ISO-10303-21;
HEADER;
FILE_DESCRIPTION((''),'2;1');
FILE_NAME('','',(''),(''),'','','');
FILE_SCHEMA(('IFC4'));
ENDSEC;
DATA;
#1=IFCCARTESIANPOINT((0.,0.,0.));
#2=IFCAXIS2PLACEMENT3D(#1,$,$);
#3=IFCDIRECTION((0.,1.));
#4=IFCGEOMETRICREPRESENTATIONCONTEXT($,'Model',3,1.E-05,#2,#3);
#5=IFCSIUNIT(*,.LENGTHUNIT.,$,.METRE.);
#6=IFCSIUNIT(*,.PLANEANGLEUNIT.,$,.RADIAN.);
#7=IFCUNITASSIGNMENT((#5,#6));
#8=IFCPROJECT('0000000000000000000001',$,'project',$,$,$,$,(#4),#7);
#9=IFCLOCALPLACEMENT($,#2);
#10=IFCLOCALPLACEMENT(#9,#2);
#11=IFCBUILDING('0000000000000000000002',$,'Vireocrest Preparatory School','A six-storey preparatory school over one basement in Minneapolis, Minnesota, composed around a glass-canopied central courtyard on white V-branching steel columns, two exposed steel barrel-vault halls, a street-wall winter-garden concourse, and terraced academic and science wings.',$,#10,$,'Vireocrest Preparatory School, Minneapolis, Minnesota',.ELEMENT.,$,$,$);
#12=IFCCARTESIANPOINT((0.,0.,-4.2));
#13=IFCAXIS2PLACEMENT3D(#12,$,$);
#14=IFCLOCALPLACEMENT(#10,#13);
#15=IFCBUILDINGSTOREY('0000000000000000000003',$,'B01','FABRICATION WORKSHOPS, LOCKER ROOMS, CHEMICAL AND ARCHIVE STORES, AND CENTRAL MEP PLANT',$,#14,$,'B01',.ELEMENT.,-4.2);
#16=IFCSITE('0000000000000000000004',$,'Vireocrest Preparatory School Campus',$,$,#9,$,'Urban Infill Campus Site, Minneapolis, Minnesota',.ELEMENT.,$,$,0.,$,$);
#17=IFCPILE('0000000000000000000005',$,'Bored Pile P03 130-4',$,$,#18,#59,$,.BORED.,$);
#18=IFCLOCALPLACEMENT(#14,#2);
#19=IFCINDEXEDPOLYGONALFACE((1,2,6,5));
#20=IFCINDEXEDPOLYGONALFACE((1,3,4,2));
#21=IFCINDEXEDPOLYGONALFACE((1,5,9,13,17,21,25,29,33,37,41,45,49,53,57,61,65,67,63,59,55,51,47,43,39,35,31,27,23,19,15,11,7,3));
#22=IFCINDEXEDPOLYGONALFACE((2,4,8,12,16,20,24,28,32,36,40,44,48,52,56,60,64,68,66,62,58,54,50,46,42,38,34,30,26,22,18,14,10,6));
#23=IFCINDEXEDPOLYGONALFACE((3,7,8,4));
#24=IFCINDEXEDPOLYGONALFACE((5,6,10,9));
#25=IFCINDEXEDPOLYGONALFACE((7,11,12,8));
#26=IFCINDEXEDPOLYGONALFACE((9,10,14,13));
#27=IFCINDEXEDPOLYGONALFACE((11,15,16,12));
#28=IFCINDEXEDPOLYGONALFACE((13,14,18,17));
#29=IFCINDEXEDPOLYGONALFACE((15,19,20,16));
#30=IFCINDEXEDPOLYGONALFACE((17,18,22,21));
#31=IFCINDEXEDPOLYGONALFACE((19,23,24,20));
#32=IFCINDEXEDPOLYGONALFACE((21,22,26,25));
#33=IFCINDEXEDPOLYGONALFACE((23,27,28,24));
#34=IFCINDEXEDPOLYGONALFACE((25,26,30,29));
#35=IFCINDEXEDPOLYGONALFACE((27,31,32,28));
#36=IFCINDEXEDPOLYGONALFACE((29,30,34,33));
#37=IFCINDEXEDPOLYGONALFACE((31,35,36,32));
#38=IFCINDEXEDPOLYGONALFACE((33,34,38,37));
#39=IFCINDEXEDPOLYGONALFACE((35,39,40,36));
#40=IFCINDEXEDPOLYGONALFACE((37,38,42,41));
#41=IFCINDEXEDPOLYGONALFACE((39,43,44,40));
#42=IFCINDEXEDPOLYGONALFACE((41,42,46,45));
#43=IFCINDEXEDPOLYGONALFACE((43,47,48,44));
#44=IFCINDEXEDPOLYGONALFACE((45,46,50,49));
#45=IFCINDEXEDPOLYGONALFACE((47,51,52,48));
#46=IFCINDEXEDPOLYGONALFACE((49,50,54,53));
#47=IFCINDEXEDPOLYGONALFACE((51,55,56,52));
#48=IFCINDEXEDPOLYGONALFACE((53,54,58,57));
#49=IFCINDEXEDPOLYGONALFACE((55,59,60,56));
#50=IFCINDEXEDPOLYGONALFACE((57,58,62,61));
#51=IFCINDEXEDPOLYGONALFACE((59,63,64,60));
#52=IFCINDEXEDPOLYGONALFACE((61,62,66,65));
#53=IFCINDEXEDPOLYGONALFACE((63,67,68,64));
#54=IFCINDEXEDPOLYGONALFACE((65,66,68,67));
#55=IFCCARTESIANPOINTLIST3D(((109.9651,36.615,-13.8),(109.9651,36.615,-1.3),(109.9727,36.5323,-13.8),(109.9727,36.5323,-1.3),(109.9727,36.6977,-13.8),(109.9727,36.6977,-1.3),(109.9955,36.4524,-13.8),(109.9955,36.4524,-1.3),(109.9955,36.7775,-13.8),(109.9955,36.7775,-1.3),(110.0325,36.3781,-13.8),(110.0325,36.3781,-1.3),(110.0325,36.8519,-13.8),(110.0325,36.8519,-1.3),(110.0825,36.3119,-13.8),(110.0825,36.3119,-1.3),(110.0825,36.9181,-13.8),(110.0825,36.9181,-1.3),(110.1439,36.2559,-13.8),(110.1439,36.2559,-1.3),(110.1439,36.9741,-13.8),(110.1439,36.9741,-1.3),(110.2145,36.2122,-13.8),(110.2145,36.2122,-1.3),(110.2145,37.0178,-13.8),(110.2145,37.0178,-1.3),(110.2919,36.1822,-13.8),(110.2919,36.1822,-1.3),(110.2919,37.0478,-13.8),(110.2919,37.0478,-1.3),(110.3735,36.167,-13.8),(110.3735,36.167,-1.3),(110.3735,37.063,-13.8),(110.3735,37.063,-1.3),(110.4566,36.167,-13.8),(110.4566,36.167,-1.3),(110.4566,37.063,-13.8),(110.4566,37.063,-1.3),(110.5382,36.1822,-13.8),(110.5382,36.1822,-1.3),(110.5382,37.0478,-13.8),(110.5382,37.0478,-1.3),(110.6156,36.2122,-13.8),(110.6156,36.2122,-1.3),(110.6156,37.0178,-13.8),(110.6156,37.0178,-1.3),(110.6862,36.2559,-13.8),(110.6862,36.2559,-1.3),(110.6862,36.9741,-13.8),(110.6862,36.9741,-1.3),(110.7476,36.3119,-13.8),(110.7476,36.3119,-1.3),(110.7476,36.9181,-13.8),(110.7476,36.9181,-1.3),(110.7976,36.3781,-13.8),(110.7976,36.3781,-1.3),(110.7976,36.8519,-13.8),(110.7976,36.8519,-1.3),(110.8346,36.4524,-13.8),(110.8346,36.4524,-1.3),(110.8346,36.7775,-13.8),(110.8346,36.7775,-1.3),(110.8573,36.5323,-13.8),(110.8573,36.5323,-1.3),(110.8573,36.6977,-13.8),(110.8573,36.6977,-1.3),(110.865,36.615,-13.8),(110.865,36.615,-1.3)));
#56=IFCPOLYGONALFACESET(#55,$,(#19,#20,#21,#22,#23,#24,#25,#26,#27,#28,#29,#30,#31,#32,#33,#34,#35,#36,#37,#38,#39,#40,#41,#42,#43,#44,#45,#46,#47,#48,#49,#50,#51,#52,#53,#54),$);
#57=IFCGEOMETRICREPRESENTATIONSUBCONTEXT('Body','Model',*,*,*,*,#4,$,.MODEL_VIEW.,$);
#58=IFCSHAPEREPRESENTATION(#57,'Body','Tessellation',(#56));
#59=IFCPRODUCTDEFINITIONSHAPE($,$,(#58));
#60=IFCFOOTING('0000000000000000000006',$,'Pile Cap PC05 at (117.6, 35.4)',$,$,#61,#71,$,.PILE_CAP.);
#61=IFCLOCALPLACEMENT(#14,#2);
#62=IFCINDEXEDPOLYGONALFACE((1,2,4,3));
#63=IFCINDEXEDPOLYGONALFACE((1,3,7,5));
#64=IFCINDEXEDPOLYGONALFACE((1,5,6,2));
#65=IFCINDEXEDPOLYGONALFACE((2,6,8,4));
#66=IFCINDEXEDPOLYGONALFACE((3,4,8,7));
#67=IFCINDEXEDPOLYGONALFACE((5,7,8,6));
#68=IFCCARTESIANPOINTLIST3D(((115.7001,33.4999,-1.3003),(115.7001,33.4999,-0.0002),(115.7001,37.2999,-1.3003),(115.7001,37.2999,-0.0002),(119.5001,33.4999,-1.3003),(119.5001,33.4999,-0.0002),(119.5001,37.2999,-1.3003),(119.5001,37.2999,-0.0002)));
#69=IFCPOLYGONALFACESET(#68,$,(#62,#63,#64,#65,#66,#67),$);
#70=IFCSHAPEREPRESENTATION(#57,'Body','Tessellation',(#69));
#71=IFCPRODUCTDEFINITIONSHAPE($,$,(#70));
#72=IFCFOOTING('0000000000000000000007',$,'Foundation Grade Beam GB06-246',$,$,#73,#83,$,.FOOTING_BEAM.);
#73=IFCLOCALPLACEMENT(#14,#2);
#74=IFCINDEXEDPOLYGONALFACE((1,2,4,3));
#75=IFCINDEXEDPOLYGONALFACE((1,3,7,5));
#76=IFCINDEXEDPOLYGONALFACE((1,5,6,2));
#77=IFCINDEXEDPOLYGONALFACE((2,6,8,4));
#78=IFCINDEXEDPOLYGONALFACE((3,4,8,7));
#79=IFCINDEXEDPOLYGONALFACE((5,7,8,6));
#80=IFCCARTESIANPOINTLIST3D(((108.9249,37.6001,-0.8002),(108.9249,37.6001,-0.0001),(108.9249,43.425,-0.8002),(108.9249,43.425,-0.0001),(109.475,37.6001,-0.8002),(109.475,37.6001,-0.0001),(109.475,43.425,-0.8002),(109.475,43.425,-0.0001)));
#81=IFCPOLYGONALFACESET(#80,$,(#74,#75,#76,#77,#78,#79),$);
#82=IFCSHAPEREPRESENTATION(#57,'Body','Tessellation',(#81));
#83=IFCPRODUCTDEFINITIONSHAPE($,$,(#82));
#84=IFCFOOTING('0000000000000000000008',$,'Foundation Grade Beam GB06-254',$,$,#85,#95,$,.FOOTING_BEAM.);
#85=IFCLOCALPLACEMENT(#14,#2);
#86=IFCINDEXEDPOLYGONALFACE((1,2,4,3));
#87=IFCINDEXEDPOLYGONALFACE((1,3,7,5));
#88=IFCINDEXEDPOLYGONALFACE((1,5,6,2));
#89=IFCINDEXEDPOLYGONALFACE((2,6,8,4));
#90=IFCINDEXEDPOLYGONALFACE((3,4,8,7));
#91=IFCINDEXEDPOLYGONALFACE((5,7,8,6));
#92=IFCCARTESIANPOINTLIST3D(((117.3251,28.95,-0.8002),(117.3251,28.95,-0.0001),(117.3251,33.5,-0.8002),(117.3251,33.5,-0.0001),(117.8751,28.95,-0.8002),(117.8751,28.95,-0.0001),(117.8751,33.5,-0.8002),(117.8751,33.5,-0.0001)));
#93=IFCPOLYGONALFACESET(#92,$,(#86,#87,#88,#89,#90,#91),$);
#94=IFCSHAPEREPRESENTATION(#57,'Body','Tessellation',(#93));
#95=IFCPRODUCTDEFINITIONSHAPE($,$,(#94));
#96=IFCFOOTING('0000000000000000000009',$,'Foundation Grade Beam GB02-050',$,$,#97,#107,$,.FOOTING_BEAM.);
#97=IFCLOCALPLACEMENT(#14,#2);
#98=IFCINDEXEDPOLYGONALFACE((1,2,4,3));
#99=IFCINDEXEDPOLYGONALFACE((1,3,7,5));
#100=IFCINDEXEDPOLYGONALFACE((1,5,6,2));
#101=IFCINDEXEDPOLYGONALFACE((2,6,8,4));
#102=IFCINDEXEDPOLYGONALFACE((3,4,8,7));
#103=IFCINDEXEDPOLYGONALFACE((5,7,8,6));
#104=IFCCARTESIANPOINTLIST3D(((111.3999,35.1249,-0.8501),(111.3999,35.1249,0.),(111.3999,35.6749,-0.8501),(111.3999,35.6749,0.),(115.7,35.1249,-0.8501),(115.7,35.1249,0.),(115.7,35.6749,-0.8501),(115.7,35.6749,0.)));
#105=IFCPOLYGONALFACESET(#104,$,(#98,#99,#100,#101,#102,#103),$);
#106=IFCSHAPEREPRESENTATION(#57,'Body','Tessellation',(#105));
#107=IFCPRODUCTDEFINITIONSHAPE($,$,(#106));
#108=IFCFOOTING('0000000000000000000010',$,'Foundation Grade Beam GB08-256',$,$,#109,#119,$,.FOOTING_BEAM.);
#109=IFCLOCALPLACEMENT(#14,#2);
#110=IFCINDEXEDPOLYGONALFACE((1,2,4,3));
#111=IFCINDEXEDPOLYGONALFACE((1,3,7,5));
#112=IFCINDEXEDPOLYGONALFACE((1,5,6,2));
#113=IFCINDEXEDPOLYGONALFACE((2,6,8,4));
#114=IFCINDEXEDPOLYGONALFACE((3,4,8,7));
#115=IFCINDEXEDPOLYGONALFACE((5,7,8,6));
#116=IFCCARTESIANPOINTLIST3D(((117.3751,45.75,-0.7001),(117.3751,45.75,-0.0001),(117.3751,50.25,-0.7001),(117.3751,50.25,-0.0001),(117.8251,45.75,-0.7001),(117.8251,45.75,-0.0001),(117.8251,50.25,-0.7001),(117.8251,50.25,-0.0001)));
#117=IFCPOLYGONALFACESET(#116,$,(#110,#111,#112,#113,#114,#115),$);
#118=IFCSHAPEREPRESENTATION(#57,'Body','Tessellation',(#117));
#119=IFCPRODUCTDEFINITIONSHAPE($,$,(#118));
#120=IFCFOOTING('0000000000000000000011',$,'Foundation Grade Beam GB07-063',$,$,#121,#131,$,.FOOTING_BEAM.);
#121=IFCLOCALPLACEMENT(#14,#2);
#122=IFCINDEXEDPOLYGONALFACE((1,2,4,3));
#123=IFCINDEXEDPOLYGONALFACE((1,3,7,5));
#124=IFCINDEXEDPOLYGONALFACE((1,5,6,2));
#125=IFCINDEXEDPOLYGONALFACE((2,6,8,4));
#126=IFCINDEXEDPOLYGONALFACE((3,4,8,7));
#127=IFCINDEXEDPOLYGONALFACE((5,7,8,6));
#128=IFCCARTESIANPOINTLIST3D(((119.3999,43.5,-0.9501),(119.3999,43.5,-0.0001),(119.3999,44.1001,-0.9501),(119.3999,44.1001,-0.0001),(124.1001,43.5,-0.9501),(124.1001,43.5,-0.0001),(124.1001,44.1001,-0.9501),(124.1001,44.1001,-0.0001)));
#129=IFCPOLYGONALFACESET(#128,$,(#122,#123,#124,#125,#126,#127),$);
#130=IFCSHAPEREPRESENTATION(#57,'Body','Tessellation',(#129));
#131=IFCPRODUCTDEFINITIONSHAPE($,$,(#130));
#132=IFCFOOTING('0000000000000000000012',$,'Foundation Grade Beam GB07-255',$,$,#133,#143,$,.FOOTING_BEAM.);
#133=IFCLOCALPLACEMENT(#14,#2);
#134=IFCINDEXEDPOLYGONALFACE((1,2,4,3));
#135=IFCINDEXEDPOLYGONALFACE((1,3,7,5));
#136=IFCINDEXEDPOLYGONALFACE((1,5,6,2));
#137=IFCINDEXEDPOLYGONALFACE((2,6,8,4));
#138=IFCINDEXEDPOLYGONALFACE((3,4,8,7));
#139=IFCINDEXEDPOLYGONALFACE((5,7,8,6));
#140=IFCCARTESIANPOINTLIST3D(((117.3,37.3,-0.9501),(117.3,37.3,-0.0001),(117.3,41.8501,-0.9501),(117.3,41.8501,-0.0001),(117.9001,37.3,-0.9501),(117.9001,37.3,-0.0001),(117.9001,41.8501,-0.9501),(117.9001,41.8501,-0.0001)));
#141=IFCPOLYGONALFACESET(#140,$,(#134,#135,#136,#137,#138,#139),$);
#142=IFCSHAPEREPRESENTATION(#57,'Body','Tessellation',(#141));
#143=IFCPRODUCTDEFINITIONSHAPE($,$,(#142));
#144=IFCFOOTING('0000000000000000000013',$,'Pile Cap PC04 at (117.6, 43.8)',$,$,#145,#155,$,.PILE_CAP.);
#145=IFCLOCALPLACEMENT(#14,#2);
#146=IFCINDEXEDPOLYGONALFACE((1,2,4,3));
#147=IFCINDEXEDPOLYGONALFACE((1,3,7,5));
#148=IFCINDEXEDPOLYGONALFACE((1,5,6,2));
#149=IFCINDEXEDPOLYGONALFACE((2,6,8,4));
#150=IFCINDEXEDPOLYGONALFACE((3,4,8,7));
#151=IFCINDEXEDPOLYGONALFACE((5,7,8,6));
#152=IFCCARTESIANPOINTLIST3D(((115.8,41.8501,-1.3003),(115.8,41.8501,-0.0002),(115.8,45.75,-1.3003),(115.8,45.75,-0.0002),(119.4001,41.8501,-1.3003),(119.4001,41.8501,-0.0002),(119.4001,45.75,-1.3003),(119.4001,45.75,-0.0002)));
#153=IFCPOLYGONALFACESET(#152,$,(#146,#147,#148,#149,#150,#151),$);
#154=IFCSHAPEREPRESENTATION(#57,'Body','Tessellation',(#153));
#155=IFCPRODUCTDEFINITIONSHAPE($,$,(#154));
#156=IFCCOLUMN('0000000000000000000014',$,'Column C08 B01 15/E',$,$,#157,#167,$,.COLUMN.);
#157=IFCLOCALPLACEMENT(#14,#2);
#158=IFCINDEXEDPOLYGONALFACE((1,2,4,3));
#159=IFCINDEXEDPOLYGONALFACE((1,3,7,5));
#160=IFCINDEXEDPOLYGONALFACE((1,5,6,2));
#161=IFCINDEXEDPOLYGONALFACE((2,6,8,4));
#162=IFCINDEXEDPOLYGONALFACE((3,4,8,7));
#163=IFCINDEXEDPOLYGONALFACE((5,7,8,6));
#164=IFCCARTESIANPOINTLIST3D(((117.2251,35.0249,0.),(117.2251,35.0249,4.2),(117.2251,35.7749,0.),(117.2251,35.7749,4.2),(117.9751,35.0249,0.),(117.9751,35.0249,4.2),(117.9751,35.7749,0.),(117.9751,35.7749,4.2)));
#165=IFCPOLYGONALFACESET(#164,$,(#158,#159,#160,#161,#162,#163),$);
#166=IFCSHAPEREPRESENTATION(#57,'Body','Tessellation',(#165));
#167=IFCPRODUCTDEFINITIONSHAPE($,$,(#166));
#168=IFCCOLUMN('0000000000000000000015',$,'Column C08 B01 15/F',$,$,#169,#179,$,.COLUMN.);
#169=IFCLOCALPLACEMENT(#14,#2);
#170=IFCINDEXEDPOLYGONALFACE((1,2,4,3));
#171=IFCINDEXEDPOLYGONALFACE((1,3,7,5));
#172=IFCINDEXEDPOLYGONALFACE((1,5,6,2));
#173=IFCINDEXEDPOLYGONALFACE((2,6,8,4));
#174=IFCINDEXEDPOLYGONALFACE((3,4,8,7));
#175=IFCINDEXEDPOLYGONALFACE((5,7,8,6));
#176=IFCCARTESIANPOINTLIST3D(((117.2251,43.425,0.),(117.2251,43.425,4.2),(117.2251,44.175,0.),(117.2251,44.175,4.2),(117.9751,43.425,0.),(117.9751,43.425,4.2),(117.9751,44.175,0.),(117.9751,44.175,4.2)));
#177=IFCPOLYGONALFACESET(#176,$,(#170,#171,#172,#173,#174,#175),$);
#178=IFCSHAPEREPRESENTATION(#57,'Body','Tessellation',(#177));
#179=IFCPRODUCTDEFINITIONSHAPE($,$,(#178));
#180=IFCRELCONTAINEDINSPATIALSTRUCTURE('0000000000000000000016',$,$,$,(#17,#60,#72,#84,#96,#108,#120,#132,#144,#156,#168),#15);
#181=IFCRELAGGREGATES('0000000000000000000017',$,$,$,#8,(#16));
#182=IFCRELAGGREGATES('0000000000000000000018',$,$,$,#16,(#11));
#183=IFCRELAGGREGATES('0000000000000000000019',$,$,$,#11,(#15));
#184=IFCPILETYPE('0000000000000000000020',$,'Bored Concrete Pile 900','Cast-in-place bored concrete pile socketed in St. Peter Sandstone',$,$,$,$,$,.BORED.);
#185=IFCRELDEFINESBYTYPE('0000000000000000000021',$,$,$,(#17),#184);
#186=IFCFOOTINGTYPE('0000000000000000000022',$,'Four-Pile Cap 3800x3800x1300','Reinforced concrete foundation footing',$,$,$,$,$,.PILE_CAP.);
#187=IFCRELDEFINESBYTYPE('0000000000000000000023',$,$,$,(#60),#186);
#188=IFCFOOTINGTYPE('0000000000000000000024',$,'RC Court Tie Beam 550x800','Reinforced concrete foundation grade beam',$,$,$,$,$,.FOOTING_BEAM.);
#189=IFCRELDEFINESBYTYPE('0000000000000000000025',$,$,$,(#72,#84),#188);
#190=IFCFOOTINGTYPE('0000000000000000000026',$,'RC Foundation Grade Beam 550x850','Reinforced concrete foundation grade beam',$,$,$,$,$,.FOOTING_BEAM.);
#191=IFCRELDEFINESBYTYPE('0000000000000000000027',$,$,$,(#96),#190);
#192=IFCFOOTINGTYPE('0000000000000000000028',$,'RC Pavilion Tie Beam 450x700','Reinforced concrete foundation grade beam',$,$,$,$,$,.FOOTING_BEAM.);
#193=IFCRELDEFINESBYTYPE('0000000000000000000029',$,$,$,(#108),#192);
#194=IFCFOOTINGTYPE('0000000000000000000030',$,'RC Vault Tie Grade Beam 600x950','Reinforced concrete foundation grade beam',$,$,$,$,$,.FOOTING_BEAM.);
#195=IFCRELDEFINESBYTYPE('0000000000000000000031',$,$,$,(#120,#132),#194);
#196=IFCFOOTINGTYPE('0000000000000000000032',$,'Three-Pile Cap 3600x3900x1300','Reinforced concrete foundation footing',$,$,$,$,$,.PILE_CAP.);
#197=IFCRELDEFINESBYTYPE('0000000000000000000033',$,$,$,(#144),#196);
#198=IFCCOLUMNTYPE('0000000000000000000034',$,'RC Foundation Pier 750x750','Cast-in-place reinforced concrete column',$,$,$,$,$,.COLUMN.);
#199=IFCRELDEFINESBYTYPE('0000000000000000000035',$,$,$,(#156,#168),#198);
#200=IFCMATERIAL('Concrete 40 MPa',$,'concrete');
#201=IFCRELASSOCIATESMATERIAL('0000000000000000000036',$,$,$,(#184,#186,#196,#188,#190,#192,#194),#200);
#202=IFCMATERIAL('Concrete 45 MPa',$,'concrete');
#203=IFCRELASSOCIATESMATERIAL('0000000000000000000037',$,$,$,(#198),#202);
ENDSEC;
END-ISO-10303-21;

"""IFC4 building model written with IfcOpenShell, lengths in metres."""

from ifc_helpers import new_model, si_unit, direction, frame, origin, origin_2d, place, context, subcontext, project, spatial, rectangle, circle, extrude, material, material_profile, profile_set, type_object, element, save


model = new_model("IFC4")

# Units and contexts
model_context = context("Model", 3, precision=1e-05, world=origin(), true_north=direction((0.0, 1.0)))
body_context = subcontext(model_context, "Body", "Model", "MODEL_VIEW")
ifc_project = project(units=[si_unit("LENGTHUNIT", "METRE"), si_unit("PLANEANGLEUNIT", "RADIAN")], contexts=[model_context])

# Site, building, storey
site_placement = place(None, origin())
site = spatial("IfcSite", under=ifc_project, at=site_placement, Name="Vireocrest Preparatory School Campus", LongName="Urban Infill Campus Site, Minneapolis, Minnesota", CompositionType="ELEMENT", RefElevation=0.0)
building_placement = place(site_placement, origin())
building = spatial("IfcBuilding", under=site, at=building_placement, Name="Vireocrest Preparatory School", Description="A six-storey preparatory school over one basement in Minneapolis, Minnesota, composed around a glass-canopied central courtyard on white V-branching steel columns, two exposed steel barrel-vault halls, a street-wall winter-garden concourse, and terraced academic and science wings.", LongName="Vireocrest Preparatory School, Minneapolis, Minnesota", CompositionType="ELEMENT")
storey_placement = place(building_placement, frame((0.0, 0.0, -4.2)))
storey = spatial("IfcBuildingStorey", under=building, at=storey_placement, Name="B01", Description="FABRICATION WORKSHOPS, LOCKER ROOMS, CHEMICAL AND ARCHIVE STORES, AND CENTRAL MEP PLANT", LongName="B01", CompositionType="ELEMENT", Elevation=-4.2)

# Pile
ifc_material_1 = material(Name="Concrete 40 MPa", Category="concrete")
ifc_material_profile_1 = material_profile(ifc_material_1, circle(Radius=0.45, at=origin_2d()), Name="BORED PILE 900")
ifc_profile_set_1 = profile_set([ifc_material_profile_1], Name="Concrete 40 MPa")
pile_type_1 = type_object("IfcPileType", Name="Bored Concrete Pile 900", Description="Cast-in-place bored concrete pile socketed in St. Peter Sandstone", PredefinedType="BORED", material=ifc_profile_set_1)
for number, where, z_axis, x_axis, name in (
    (1, (110.415, 36.615, -1.3), (0.0, 0.0, -1.0), (1.0, 0.0, 0.0), "Bored Pile P03 130-4"),
):
    element("IfcPile", number, at=place(storey_placement, frame(where, z_axis=z_axis, x_axis=x_axis)), inside=storey, type_object=pile_type_1, Name=name, PredefinedType="BORED", context=body_context, shape_type="SweptSolid", body=[
        extrude(circle(Radius=0.45, at=origin_2d()), origin(), (0.0, 0.0, 1.0), 12.5),
    ])

# Footings
footing_type_1 = type_object("IfcFootingType", Name="Four-Pile Cap 3800x3800x1300", Description="Reinforced concrete foundation footing", PredefinedType="PILE_CAP", material=ifc_material_1)
footing_1_placement = place(storey_placement, frame((117.6001, 35.3999, -1.3003), z_axis=(0.0, 0.0, 1.0), x_axis=(1.0, 0.0, 0.0)))
element("IfcFooting", 2, at=footing_1_placement, inside=storey, type_object=footing_type_1, Name="Pile Cap PC05 at (117.6, 35.4)", PredefinedType="PILE_CAP", context=body_context, shape_type="SweptSolid", body=[
    extrude(rectangle(XDim=3.8, YDim=3.8, at=origin_2d()), origin(), (0.0, 0.0, 1.0), 1.3),
])
ifc_material_profile_2 = material_profile(ifc_material_1, rectangle(XDim=0.55, YDim=0.8, at=origin_2d()), Name="GB 550x800")
ifc_profile_set_2 = profile_set([ifc_material_profile_2], Name="Concrete 40 MPa")
footing_type_2 = type_object("IfcFootingType", Name="RC Court Tie Beam 550x800", Description="Reinforced concrete foundation grade beam", PredefinedType="FOOTING_BEAM", material=ifc_profile_set_2)
footing_2_placement = place(storey_placement, frame((109.2, 37.6001, -0.4001), z_axis=(0.0, 1.0, 0.0), x_axis=(-1.0, 0.0, 0.0)))
element("IfcFooting", 3, at=footing_2_placement, inside=storey, type_object=footing_type_2, Name="Foundation Grade Beam GB06-246", PredefinedType="FOOTING_BEAM", context=body_context, shape_type="SweptSolid", body=[
    extrude(rectangle(XDim=0.55, YDim=0.8, at=origin_2d()), origin(), (0.0, 0.0, 1.0), 5.825),
])
footing_3_placement = place(storey_placement, frame((117.6001, 28.95, -0.4001), z_axis=(0.0, 1.0, 0.0), x_axis=(-1.0, 0.0, 0.0)))
element("IfcFooting", 4, at=footing_3_placement, inside=storey, type_object=footing_type_2, Name="Foundation Grade Beam GB06-254", PredefinedType="FOOTING_BEAM", context=body_context, shape_type="SweptSolid", body=[
    extrude(rectangle(XDim=0.55, YDim=0.8, at=origin_2d()), origin(), (0.0, 0.0, 1.0), 4.55),
])
ifc_material_profile_3 = material_profile(ifc_material_1, rectangle(XDim=0.55, YDim=0.8501, at=origin_2d()), Name="GB 550x850")
ifc_profile_set_3 = profile_set([ifc_material_profile_3], Name="Concrete 40 MPa")
footing_type_3 = type_object("IfcFootingType", Name="RC Foundation Grade Beam 550x850", Description="Reinforced concrete foundation grade beam", PredefinedType="FOOTING_BEAM", material=ifc_profile_set_3)
footing_4_placement = place(storey_placement, frame((111.3999, 35.3999, -0.425), z_axis=(1.0, 0.0, 0.0), x_axis=(0.0, 1.0, 0.0)))
element("IfcFooting", 5, at=footing_4_placement, inside=storey, type_object=footing_type_3, Name="Foundation Grade Beam GB02-050", PredefinedType="FOOTING_BEAM", context=body_context, shape_type="SweptSolid", body=[
    extrude(rectangle(XDim=0.55, YDim=0.8501, at=origin_2d()), origin(), (0.0, 0.0, 1.0), 4.3),
])
ifc_material_profile_4 = material_profile(ifc_material_1, rectangle(XDim=0.45, YDim=0.7, at=origin_2d()), Name="GB 450x700")
ifc_profile_set_4 = profile_set([ifc_material_profile_4], Name="Concrete 40 MPa")
footing_type_4 = type_object("IfcFootingType", Name="RC Pavilion Tie Beam 450x700", Description="Reinforced concrete foundation grade beam", PredefinedType="FOOTING_BEAM", material=ifc_profile_set_4)
footing_5_placement = place(storey_placement, frame((117.6001, 45.75, -0.3501), z_axis=(0.0, 1.0, 0.0), x_axis=(-1.0, 0.0, 0.0)))
element("IfcFooting", 6, at=footing_5_placement, inside=storey, type_object=footing_type_4, Name="Foundation Grade Beam GB08-256", PredefinedType="FOOTING_BEAM", context=body_context, shape_type="SweptSolid", body=[
    extrude(rectangle(XDim=0.45, YDim=0.7, at=origin_2d()), origin(), (0.0, 0.0, 1.0), 4.5),
])
ifc_material_profile_5 = material_profile(ifc_material_1, rectangle(XDim=0.6001, YDim=0.95, at=origin_2d()), Name="GB 600x950")
ifc_profile_set_5 = profile_set([ifc_material_profile_5], Name="Concrete 40 MPa")
footing_type_5 = type_object("IfcFootingType", Name="RC Vault Tie Grade Beam 600x950", Description="Reinforced concrete foundation grade beam", PredefinedType="FOOTING_BEAM", material=ifc_profile_set_5)
footing_6_placement = place(storey_placement, frame((119.3999, 43.8, -0.4751), z_axis=(1.0, 0.0, 0.0), x_axis=(0.0, 1.0, 0.0)))
element("IfcFooting", 7, at=footing_6_placement, inside=storey, type_object=footing_type_5, Name="Foundation Grade Beam GB07-063", PredefinedType="FOOTING_BEAM", context=body_context, shape_type="SweptSolid", body=[
    extrude(rectangle(XDim=0.6001, YDim=0.95, at=origin_2d()), origin(), (0.0, 0.0, 1.0), 4.7002),
])
footing_7_placement = place(storey_placement, frame((117.6001, 37.3, -0.4751), z_axis=(0.0, 1.0, 0.0), x_axis=(-1.0, 0.0, 0.0)))
element("IfcFooting", 8, at=footing_7_placement, inside=storey, type_object=footing_type_5, Name="Foundation Grade Beam GB07-255", PredefinedType="FOOTING_BEAM", context=body_context, shape_type="SweptSolid", body=[
    extrude(rectangle(XDim=0.6001, YDim=0.95, at=origin_2d()), origin(), (0.0, 0.0, 1.0), 4.55),
])
footing_type_6 = type_object("IfcFootingType", Name="Three-Pile Cap 3600x3900x1300", Description="Reinforced concrete foundation footing", PredefinedType="PILE_CAP", material=ifc_material_1)
footing_8_placement = place(storey_placement, frame((117.6001, 43.8, -1.3003), z_axis=(0.0, 0.0, 1.0), x_axis=(1.0, 0.0, 0.0)))
element("IfcFooting", 9, at=footing_8_placement, inside=storey, type_object=footing_type_6, Name="Pile Cap PC04 at (117.6, 43.8)", PredefinedType="PILE_CAP", context=body_context, shape_type="SweptSolid", body=[
    extrude(rectangle(XDim=3.6001, YDim=3.8999, at=origin_2d()), origin(), (0.0, 0.0, 1.0), 1.3),
])

# Columns
ifc_material_2 = material(Name="Concrete 45 MPa", Category="concrete")
ifc_material_profile_6 = material_profile(ifc_material_2, rectangle(XDim=0.75, YDim=0.75, at=origin_2d()), Name="RC 750x750")
ifc_profile_set_6 = profile_set([ifc_material_profile_6], Name="Concrete 45 MPa")
column_type_1 = type_object("IfcColumnType", Name="RC Foundation Pier 750x750", Description="Cast-in-place reinforced concrete column", PredefinedType="COLUMN", material=ifc_profile_set_6)
for number, where, z_axis, x_axis, name in (
    (10, (117.6001, 35.3999, 0.0), (0.0, 0.0, 1.0), (1.0, 0.0, 0.0), "Column C08 B01 15/E"),
    (11, (117.6001, 43.8, 0.0), (0.0, 0.0, 1.0), (1.0, 0.0, 0.0), "Column C08 B01 15/F"),
):
    element("IfcColumn", number, at=place(storey_placement, frame(where, z_axis=z_axis, x_axis=x_axis)), inside=storey, type_object=column_type_1, Name=name, PredefinedType="COLUMN", context=body_context, shape_type="SweptSolid", body=[
        extrude(rectangle(XDim=0.75, YDim=0.75, at=origin_2d()), origin(), (0.0, 0.0, 1.0), 4.2),
    ])

save(model, "model.ifc")
